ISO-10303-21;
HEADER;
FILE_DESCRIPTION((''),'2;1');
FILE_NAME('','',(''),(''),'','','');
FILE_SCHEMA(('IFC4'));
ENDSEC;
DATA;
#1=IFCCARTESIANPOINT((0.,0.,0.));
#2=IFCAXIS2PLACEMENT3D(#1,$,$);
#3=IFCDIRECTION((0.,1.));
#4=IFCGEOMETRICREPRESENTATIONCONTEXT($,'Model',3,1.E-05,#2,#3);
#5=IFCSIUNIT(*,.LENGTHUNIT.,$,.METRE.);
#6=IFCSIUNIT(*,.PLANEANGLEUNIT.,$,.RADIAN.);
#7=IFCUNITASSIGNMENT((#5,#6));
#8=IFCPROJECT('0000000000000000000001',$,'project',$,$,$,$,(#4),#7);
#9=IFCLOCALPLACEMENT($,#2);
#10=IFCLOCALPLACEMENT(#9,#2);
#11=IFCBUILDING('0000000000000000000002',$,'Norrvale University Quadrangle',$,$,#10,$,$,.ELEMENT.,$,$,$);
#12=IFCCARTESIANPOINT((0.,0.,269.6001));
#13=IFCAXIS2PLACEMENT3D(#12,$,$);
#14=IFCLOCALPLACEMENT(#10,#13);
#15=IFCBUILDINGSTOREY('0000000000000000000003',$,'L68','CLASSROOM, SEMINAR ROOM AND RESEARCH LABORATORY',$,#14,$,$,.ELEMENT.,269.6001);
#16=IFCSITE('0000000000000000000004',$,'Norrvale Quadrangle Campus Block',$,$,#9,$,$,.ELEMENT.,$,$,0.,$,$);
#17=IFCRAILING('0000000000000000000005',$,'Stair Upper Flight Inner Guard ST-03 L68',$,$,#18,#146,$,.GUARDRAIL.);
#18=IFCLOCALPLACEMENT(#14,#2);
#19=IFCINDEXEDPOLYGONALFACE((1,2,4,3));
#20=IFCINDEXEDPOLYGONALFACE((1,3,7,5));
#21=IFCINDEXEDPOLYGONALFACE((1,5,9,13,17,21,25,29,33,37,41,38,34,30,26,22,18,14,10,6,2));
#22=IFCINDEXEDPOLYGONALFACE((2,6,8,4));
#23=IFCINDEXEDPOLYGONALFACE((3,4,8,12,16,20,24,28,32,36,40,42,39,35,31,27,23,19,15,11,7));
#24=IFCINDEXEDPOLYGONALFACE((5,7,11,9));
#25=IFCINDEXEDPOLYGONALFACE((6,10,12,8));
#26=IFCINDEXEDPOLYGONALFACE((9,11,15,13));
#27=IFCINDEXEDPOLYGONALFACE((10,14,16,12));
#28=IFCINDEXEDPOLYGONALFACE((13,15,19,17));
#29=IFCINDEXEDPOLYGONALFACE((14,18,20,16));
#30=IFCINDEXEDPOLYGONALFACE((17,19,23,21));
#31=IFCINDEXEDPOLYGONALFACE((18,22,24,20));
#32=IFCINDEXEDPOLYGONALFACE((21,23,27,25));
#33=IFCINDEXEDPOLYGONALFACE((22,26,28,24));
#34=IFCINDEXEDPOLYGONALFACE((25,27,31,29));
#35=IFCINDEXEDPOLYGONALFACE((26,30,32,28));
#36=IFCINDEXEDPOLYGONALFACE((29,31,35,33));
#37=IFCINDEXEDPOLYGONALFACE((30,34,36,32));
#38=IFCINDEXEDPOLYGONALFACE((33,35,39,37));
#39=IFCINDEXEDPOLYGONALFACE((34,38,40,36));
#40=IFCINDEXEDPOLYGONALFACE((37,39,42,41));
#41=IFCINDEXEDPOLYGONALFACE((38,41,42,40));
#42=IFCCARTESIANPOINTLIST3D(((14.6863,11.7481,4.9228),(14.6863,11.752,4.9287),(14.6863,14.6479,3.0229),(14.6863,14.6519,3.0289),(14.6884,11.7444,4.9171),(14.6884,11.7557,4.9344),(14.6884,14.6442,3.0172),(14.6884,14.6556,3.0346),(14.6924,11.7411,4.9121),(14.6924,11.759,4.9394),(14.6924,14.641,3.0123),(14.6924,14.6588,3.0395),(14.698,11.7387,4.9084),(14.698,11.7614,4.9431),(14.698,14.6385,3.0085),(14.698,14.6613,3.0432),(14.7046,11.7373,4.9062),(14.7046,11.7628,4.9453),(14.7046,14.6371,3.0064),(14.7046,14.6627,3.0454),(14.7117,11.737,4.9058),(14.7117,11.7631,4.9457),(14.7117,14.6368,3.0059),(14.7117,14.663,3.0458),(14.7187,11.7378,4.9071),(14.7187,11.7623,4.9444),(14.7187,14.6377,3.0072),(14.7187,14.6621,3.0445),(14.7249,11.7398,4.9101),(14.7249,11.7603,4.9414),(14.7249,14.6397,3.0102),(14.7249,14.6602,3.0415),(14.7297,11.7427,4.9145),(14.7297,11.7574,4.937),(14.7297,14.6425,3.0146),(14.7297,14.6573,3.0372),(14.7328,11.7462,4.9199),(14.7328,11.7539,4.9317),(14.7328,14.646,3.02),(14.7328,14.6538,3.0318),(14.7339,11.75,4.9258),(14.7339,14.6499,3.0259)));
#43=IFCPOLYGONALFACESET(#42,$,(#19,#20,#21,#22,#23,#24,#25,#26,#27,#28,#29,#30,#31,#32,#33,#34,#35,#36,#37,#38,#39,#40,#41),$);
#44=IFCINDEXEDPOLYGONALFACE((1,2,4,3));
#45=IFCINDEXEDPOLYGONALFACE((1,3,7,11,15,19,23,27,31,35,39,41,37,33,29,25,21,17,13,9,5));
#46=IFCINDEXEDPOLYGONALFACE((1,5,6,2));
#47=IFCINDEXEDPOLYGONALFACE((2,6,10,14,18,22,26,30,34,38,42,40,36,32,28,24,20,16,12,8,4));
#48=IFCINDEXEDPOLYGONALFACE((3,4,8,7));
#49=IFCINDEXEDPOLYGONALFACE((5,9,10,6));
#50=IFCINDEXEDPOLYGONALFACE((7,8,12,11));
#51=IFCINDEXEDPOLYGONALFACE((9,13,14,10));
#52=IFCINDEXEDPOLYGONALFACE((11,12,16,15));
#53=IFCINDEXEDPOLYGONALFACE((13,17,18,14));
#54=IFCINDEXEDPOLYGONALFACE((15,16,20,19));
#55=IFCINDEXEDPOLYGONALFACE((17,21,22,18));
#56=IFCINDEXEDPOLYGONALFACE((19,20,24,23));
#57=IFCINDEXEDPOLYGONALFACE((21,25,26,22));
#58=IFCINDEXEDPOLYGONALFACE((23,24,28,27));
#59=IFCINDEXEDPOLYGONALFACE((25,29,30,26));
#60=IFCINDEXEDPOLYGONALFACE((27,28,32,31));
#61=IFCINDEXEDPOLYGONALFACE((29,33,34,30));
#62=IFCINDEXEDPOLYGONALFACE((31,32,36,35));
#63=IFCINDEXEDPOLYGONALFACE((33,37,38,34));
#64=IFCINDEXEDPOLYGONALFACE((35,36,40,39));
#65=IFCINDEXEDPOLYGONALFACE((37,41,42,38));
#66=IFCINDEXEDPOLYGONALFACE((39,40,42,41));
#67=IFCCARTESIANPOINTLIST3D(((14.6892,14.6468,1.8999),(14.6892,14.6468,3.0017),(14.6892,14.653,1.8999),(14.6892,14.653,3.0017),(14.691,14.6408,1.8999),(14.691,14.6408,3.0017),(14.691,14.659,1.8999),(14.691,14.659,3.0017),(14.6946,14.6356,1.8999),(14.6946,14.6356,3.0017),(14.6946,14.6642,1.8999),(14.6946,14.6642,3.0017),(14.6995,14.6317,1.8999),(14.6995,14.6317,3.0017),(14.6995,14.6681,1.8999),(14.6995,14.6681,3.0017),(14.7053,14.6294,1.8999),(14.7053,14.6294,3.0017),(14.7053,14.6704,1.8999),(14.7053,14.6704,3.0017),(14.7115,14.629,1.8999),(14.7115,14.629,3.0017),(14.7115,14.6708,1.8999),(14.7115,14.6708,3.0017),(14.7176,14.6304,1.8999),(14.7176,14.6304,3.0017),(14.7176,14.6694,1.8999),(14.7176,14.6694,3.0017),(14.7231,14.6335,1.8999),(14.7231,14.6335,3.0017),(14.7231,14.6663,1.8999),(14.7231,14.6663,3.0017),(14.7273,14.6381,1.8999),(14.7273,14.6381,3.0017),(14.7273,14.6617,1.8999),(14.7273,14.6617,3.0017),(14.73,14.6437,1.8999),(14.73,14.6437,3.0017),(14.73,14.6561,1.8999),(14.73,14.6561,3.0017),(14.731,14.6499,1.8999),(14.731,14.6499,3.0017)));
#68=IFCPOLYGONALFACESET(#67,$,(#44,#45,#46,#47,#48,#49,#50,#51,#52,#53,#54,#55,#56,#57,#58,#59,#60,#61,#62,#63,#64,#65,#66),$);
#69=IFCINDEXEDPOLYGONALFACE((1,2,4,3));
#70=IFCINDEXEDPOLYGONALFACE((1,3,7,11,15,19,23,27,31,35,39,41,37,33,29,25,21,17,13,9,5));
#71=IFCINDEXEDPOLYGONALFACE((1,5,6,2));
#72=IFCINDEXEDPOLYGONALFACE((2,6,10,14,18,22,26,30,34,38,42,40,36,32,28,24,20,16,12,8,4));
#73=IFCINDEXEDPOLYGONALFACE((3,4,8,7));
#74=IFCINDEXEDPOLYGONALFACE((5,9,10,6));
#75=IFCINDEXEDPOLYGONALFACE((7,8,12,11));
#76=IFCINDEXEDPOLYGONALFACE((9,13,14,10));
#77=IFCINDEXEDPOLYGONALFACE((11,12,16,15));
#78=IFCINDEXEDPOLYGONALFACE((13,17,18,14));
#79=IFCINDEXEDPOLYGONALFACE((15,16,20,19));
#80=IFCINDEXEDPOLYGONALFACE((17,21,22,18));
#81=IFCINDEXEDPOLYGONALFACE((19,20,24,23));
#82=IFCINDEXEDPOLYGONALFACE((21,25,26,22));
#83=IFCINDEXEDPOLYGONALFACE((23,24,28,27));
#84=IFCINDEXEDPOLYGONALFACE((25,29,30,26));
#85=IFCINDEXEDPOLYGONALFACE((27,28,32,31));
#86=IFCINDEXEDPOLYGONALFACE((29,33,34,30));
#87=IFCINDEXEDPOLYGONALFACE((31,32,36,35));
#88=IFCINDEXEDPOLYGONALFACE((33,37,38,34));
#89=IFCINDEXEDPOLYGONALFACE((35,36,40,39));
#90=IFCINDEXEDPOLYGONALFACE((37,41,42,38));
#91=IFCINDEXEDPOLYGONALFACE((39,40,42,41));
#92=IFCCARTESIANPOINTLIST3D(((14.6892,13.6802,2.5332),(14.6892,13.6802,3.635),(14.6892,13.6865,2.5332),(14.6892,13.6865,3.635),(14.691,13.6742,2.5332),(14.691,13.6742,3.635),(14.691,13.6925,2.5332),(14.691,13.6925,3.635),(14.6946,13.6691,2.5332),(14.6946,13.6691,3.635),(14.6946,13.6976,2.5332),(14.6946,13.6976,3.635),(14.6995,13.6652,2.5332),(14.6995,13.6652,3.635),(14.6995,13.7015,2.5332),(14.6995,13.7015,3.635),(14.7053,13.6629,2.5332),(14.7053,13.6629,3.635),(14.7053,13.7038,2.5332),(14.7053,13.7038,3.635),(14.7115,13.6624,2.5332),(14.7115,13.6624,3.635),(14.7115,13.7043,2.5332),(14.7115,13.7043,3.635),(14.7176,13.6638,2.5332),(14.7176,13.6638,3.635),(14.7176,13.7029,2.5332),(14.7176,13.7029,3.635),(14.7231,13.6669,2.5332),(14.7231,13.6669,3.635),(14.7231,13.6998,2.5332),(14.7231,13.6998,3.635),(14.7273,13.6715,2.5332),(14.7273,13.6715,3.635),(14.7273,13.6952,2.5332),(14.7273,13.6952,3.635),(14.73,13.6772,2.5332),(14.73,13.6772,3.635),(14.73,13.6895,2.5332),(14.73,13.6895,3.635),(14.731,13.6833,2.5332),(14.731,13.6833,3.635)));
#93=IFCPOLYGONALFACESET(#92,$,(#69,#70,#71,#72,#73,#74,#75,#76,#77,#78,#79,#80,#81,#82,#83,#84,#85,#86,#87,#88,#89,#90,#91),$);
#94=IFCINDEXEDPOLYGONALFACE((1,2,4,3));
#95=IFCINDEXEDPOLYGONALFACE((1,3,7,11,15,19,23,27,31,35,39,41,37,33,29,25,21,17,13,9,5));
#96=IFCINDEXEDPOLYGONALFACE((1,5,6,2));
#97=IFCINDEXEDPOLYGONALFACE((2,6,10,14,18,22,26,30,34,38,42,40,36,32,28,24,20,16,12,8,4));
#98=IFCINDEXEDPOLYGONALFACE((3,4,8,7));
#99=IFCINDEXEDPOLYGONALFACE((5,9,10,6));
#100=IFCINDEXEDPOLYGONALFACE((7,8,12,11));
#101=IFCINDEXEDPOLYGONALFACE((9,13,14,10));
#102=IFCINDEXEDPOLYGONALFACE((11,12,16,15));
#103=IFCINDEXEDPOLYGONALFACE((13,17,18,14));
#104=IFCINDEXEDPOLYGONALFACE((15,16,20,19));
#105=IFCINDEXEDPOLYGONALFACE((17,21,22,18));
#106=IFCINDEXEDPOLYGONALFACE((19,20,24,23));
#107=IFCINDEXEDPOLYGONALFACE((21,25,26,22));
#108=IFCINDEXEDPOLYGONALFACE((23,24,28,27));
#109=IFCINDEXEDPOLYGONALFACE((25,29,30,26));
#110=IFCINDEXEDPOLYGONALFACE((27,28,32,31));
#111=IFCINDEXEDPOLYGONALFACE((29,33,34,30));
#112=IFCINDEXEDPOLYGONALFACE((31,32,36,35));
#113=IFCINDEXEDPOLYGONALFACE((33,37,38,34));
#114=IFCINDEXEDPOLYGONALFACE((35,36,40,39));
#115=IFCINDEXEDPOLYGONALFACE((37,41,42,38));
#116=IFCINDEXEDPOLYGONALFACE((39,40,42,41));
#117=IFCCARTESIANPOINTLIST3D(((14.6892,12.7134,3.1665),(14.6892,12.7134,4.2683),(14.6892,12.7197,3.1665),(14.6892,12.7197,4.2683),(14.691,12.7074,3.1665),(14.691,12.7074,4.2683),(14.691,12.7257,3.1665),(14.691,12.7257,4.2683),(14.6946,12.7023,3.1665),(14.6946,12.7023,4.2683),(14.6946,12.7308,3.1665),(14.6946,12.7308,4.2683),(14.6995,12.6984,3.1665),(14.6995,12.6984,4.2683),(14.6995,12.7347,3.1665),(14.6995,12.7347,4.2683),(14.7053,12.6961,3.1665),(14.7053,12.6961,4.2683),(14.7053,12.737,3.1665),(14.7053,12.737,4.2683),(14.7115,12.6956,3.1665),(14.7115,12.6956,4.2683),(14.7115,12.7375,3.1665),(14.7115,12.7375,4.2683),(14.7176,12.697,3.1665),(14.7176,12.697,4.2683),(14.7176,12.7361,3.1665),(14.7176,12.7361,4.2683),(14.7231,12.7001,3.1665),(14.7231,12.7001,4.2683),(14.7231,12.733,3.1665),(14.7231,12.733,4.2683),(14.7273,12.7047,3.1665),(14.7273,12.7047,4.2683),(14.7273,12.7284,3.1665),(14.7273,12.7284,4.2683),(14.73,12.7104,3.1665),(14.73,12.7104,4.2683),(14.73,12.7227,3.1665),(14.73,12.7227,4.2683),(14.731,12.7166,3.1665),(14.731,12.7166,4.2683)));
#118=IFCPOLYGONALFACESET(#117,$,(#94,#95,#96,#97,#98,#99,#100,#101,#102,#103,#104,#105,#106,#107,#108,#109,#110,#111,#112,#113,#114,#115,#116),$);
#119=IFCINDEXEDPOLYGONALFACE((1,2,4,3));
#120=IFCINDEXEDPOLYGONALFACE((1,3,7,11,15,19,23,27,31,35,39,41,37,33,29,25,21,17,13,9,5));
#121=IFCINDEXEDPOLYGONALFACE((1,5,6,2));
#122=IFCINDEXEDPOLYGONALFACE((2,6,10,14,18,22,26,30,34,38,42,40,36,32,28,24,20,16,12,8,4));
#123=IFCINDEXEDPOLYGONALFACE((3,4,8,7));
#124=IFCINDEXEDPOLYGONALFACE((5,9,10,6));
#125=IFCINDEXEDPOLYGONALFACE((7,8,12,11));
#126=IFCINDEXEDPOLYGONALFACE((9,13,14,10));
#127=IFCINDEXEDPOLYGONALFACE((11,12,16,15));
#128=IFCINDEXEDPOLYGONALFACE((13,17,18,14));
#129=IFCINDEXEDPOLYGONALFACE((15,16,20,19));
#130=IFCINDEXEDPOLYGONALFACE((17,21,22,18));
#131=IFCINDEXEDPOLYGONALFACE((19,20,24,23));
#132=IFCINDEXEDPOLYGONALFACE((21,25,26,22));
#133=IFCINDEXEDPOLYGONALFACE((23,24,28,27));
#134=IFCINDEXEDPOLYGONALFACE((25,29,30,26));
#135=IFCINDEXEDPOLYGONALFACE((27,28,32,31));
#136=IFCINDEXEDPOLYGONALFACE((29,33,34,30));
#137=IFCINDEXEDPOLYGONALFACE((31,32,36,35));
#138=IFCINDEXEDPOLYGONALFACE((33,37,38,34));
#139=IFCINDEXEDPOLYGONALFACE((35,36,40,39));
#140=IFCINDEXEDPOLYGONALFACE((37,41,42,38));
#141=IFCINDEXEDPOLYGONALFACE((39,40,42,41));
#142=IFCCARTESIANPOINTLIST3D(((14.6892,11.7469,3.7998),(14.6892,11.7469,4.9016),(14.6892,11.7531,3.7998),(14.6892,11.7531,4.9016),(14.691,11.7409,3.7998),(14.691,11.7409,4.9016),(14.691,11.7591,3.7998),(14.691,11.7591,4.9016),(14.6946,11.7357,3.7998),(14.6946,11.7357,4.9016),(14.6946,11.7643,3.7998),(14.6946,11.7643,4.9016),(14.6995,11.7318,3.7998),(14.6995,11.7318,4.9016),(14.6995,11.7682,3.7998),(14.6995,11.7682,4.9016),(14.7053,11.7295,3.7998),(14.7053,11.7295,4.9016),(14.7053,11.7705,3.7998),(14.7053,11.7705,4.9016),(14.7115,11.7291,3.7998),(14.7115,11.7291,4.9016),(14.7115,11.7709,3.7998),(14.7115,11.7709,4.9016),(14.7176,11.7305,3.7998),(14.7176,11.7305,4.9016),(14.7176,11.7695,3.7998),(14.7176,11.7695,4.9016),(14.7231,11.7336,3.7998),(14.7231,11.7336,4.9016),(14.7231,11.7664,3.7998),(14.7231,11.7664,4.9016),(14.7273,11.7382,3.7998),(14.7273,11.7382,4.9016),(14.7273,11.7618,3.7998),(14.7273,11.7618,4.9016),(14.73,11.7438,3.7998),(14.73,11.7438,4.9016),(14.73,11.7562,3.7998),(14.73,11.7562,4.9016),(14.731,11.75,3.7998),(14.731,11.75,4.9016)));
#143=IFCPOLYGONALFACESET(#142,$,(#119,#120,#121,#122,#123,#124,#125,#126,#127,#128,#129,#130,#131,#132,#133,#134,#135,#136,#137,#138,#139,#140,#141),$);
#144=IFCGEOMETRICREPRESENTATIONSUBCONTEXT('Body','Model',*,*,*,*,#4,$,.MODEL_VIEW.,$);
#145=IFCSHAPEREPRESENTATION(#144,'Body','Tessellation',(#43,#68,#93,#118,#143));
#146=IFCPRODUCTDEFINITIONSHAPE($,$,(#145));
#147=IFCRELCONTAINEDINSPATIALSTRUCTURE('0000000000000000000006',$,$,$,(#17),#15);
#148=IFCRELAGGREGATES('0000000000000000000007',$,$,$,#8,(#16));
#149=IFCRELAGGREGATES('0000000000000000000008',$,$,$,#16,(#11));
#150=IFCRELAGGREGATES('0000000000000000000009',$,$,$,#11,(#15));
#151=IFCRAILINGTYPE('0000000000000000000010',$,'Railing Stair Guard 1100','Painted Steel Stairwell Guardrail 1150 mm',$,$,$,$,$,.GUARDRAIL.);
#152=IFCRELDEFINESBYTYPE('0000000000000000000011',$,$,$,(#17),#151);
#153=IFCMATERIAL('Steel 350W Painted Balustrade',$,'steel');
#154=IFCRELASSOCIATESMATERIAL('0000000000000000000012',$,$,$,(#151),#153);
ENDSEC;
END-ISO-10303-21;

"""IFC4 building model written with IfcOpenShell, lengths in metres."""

from ifc_helpers import new_model, si_unit, direction, frame, origin, origin_2d, place, context, subcontext, project, spatial, circle, extrude, material, type_object, element, save


model = new_model("IFC4")

# Units and contexts
model_context = context("Model", 3, precision=1e-05, world=origin(), true_north=direction((0.0, 1.0)))
body_context = subcontext(model_context, "Body", "Model", "MODEL_VIEW")
ifc_project = project(units=[si_unit("LENGTHUNIT", "METRE"), si_unit("PLANEANGLEUNIT", "RADIAN")], contexts=[model_context])

# Site, building, storey
site_placement = place(None, origin())
site = spatial("IfcSite", under=ifc_project, at=site_placement, Name="Norrvale Quadrangle Campus Block", CompositionType="ELEMENT", RefElevation=0.0)
building_placement = place(site_placement, origin())
building = spatial("IfcBuilding", under=site, at=building_placement, Name="Norrvale University Quadrangle", CompositionType="ELEMENT")
storey_placement = place(building_placement, frame((0.0, 0.0, 269.6001)))
storey = spatial("IfcBuildingStorey", under=building, at=storey_placement, Name="L68", Description="CLASSROOM, SEMINAR ROOM AND RESEARCH LABORATORY", CompositionType="ELEMENT", Elevation=269.6001)

# Railing
ifc_material_1 = material(Name="Steel 350W Painted Balustrade", Category="steel")
railing_type_1 = type_object("IfcRailingType", Name="Railing Stair Guard 1100", Description="Painted Steel Stairwell Guardrail 1150 mm", PredefinedType="GUARDRAIL", material=ifc_material_1)
railing_1_placement = place(storey_placement, frame((14.71, 14.6499, 1.8999)))
element("IfcRailing", 1, at=railing_1_placement, inside=storey, type_object=railing_type_1, Name="Stair Upper Flight Inner Guard ST-03 L68", PredefinedType="GUARDRAIL", context=body_context, shape_type="SweptSolid", body=[
    extrude(circle(Radius=0.0239, at=origin_2d()), frame((0.0, 0.0, 1.126), z_axis=(0.0, -0.836466, 0.548019), x_axis=(1.0, 0.0, 0.0)), (0.0, 0.0, 1.0), 3.4668),
    extrude(circle(Radius=0.021, at=origin_2d()), origin(), (0.0, 0.0, 1.0), 1.1018),
    extrude(circle(Radius=0.021, at=origin_2d()), frame((0.0, -0.9666, 0.6333)), (0.0, 0.0, 1.0), 1.1018),
    extrude(circle(Radius=0.021, at=origin_2d()), frame((0.0, -1.9333, 1.2666)), (0.0, 0.0, 1.0), 1.1018),
    extrude(circle(Radius=0.021, at=origin_2d()), frame((0.0, -2.8999, 1.8999)), (0.0, 0.0, 1.0), 1.1018),
])

save(model, "model.ifc")
